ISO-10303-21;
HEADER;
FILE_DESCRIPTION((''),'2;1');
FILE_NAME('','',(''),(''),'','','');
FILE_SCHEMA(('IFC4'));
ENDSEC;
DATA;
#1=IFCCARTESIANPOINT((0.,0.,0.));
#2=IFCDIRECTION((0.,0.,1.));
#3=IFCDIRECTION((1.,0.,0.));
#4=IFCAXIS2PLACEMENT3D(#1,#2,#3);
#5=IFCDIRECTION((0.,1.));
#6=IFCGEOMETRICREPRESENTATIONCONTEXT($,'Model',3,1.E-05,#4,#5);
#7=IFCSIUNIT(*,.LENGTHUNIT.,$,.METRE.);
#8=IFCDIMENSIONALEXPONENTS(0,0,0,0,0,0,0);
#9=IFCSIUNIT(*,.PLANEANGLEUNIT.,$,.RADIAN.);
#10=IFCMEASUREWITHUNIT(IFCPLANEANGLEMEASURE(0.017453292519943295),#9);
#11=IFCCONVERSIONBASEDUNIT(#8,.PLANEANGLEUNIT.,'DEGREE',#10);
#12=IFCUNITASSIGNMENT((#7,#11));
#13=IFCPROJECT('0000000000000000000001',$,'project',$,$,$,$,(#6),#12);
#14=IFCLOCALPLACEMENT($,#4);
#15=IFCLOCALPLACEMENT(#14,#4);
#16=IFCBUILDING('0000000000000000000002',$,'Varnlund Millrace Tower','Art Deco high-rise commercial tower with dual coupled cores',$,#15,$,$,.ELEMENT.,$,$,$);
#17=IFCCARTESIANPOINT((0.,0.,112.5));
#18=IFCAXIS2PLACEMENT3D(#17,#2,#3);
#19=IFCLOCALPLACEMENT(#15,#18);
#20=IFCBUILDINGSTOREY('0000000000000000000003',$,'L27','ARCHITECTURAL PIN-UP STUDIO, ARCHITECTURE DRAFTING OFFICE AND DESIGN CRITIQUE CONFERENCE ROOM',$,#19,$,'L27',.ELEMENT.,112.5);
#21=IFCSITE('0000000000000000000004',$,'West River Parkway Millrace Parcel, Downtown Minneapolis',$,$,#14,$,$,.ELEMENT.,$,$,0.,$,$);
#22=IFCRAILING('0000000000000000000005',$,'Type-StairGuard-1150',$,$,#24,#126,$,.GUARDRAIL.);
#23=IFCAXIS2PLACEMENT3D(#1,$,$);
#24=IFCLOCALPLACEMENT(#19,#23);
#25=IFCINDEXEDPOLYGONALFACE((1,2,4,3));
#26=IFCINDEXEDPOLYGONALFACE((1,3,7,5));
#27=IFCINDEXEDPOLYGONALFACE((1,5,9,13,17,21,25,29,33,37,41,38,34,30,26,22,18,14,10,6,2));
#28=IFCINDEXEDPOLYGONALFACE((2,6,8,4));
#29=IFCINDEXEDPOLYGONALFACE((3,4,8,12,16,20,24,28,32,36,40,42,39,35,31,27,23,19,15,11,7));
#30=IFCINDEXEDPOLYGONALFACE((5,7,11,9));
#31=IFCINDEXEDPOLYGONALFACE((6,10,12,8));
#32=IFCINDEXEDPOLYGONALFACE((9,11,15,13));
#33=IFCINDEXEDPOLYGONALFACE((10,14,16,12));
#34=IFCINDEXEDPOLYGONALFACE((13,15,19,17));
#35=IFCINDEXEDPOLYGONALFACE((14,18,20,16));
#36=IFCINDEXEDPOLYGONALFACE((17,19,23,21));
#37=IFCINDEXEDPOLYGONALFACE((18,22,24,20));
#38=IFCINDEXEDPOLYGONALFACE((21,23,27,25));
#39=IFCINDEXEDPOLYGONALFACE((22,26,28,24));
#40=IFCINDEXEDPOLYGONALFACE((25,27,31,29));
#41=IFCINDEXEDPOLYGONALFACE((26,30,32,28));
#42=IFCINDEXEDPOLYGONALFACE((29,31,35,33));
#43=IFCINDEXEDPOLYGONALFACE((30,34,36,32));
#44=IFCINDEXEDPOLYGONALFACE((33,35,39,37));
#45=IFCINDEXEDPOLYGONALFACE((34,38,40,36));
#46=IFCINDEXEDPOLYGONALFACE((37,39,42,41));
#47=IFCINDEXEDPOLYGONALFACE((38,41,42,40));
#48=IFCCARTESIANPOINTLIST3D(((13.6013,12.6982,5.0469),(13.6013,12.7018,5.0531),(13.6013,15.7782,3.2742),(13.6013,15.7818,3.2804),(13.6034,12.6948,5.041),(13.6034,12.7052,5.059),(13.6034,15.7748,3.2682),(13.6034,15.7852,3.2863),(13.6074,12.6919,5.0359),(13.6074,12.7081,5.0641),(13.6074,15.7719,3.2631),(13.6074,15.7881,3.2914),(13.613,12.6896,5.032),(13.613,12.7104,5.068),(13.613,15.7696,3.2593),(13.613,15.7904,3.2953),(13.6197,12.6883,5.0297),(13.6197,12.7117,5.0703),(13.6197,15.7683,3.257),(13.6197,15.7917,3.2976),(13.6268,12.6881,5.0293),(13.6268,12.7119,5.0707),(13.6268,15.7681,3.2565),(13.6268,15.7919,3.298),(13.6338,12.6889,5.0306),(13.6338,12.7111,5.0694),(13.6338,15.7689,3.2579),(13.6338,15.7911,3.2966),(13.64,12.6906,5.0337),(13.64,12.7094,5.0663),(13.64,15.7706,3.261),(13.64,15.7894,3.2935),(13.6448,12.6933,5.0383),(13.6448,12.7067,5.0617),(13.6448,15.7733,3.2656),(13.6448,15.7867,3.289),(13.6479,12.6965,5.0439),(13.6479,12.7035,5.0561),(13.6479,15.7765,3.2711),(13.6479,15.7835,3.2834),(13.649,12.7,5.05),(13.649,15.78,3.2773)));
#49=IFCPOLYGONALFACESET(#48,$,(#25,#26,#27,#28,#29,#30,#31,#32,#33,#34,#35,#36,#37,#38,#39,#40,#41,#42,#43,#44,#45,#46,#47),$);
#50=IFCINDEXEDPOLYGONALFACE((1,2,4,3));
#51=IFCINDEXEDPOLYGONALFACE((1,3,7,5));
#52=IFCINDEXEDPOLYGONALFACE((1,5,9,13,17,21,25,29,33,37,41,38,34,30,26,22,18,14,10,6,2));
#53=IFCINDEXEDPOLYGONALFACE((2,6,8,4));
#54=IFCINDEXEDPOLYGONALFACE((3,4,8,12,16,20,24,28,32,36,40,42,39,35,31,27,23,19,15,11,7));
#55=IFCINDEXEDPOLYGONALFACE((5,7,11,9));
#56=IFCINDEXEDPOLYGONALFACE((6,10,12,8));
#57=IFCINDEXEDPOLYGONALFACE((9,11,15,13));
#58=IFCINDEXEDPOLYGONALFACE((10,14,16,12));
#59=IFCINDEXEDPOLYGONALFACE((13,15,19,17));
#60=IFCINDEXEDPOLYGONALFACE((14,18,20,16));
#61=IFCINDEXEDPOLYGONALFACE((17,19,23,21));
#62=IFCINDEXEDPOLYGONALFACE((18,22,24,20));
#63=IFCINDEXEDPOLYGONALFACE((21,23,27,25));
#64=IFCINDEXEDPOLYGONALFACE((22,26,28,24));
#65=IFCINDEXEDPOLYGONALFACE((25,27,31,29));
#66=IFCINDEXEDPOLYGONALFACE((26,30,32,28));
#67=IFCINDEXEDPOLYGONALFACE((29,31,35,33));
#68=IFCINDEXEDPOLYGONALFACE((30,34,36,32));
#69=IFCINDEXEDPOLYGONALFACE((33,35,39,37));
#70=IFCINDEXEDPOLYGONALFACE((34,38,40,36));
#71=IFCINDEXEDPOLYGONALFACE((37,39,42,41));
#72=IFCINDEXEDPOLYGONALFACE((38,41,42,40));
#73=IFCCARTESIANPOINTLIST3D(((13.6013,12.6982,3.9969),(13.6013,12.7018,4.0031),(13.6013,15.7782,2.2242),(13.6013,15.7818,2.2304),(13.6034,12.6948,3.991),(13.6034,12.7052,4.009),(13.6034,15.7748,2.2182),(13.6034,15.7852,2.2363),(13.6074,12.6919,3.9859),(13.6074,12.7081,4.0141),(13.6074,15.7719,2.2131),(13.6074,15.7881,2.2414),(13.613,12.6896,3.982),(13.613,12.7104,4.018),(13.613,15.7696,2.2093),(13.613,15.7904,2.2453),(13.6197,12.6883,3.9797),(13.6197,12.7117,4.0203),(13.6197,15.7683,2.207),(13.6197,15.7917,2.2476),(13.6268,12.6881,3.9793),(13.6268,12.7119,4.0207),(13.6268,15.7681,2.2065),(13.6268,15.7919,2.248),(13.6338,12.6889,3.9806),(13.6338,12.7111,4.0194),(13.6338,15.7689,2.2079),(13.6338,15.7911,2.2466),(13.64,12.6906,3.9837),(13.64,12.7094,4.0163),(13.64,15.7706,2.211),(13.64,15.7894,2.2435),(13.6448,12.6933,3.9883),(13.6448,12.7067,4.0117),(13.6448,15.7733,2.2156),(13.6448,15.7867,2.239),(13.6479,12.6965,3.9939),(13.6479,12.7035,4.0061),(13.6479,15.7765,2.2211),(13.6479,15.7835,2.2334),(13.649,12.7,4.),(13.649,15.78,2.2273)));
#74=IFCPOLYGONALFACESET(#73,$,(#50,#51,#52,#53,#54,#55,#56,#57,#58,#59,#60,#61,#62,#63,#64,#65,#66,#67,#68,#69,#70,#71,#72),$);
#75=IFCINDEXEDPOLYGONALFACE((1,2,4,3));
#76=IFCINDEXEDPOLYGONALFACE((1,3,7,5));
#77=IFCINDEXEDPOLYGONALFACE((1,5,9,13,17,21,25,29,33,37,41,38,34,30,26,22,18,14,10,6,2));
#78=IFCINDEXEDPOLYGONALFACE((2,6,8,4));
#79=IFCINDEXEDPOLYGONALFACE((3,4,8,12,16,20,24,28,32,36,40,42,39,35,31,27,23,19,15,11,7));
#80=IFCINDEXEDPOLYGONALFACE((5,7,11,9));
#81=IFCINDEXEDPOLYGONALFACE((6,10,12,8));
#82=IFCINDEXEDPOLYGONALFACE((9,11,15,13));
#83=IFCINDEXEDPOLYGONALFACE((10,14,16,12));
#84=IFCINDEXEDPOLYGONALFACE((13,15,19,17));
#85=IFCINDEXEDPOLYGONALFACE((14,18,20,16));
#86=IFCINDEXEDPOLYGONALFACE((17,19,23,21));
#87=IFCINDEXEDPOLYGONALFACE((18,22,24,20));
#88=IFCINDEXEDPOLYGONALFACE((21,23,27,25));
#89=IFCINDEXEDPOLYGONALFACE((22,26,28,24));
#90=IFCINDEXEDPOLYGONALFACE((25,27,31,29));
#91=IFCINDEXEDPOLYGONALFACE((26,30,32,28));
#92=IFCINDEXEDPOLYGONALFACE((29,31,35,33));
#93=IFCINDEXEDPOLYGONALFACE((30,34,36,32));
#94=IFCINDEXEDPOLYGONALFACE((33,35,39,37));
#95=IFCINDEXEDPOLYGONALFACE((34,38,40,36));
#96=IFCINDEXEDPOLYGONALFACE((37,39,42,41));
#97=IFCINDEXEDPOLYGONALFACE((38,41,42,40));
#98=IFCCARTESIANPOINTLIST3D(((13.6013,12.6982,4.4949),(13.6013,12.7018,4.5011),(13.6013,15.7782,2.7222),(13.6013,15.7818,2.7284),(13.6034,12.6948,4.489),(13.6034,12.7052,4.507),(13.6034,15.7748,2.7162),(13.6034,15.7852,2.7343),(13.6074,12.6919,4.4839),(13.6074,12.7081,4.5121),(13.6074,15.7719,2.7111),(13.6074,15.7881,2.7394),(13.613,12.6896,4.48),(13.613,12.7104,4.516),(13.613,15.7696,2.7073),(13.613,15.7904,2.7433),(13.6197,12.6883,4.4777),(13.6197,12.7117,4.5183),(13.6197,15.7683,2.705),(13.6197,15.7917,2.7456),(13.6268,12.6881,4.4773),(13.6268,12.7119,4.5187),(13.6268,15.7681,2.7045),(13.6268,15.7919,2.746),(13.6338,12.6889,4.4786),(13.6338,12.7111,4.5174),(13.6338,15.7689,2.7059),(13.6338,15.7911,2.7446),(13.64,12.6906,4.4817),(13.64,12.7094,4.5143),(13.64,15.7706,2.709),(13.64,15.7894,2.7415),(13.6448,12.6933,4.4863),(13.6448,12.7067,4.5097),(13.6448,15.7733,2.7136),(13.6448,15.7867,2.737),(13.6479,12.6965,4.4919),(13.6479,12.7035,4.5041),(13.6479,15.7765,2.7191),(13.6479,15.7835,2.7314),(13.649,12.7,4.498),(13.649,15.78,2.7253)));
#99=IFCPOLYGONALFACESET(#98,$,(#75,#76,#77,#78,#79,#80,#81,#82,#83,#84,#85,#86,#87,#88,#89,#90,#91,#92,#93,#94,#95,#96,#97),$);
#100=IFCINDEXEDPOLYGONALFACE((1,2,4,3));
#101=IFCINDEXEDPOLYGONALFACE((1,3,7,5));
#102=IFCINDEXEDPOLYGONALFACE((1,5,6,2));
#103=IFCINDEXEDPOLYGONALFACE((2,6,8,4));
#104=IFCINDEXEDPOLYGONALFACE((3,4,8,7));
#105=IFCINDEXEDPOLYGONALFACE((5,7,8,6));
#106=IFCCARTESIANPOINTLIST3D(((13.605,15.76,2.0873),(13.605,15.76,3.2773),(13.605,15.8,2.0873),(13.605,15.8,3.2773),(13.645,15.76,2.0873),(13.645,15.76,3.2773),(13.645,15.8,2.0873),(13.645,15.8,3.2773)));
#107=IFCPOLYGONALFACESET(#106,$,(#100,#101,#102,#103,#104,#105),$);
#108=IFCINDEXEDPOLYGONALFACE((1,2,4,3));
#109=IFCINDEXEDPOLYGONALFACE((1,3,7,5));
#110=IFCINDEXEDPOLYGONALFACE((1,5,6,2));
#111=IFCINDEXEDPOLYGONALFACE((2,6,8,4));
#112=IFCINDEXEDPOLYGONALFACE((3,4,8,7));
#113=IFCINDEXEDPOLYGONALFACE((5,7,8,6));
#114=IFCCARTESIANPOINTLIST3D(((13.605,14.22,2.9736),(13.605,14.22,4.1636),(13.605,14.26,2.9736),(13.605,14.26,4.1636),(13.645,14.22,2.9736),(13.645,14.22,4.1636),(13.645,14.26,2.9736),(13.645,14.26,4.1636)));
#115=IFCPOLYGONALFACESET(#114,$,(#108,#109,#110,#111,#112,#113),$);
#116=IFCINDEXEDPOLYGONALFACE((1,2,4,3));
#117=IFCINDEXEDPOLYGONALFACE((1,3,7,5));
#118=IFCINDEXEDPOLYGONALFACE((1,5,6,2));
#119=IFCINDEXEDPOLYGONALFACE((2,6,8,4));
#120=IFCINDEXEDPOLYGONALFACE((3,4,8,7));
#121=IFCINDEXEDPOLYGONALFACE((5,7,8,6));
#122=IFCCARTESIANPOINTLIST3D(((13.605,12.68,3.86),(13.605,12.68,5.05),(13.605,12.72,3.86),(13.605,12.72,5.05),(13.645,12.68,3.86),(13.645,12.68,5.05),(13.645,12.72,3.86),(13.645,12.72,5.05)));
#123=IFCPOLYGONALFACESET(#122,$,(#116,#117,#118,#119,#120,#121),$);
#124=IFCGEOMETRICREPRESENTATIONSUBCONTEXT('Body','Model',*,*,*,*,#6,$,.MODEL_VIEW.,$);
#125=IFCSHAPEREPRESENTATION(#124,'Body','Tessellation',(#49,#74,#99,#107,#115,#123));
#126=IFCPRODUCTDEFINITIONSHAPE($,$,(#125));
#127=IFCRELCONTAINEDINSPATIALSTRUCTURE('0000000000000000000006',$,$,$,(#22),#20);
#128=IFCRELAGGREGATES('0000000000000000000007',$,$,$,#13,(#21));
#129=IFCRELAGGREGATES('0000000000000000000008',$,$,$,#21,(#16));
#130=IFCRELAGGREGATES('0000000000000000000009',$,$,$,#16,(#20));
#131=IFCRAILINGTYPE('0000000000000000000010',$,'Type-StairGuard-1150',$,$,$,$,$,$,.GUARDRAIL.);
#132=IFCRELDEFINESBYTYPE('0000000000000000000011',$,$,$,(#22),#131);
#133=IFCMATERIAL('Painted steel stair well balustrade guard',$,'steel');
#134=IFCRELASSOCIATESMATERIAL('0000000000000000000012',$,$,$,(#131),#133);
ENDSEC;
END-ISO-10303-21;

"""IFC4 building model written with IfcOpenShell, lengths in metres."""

from ifc_helpers import new_model, entity, si_unit, converted_unit, direction, frame, origin_with_axes, origin_2d_with_axis, place, context, subcontext, project, spatial, rectangle, circle, extrude, material, type_object, element, save


model = new_model("IFC4")

# Units and contexts
model_context = context("Model", 3, precision=1e-05, world=origin_with_axes(), true_north=direction((0.0, 1.0)))
body_context = subcontext(model_context, "Body", "Model", "MODEL_VIEW")
ifc_project = project(units=[si_unit("LENGTHUNIT", "METRE"), converted_unit("PLANEANGLEUNIT", "DEGREE", entity("IfcPlaneAngleMeasure", 0.017453292519943295), si_unit("PLANEANGLEUNIT", "RADIAN"), dimensions=[0, 0, 0, 0, 0, 0, 0])], contexts=[model_context])

# Site, building, storey
site_placement = place(None, origin_with_axes())
site = spatial("IfcSite", under=ifc_project, at=site_placement, Name="West River Parkway Millrace Parcel, Downtown Minneapolis", CompositionType="ELEMENT", RefElevation=0.0)
building_placement = place(site_placement, origin_with_axes())
building = spatial("IfcBuilding", under=site, at=building_placement, Name="Varnlund Millrace Tower", Description="Art Deco high-rise commercial tower with dual coupled cores", CompositionType="ELEMENT")
storey_placement = place(building_placement, frame((0.0, 0.0, 112.5), z_axis=(0.0, 0.0, 1.0), x_axis=(1.0, 0.0, 0.0)))
storey = spatial("IfcBuildingStorey", under=building, at=storey_placement, Name="L27", Description="ARCHITECTURAL PIN-UP STUDIO, ARCHITECTURE DRAFTING OFFICE AND DESIGN CRITIQUE CONFERENCE ROOM", LongName="L27", CompositionType="ELEMENT", Elevation=112.5)

# Railing
ifc_material_1 = material(Name="Painted steel stair well balustrade guard", Category="steel")
railing_type_1 = type_object("IfcRailingType", Name="Type-StairGuard-1150", PredefinedType="GUARDRAIL", material=ifc_material_1)
railing_1_placement = place(storey_placement, frame((0.0, 0.0, -112.5), z_axis=(0.0, 0.0, 1.0), x_axis=(1.0, 0.0, 0.0)))
element("IfcRailing", 1, at=railing_1_placement, inside=storey, type_object=railing_type_1, Name="Type-StairGuard-1150", PredefinedType="GUARDRAIL", context=body_context, shape_type="SweptSolid", body=[
    extrude(circle(Radius=0.024, at=origin_2d_with_axis()), frame((13.625, 15.78, 115.7773), z_axis=(0.0, -0.866696, 0.498836), x_axis=(1.0, 0.0, 0.0)), (0.0, 0.0, 1.0), 3.5537),
    extrude(circle(Radius=0.024, at=origin_2d_with_axis()), frame((13.625, 15.78, 114.7273), z_axis=(0.0, -0.866696, 0.498836), x_axis=(1.0, 0.0, 0.0)), (0.0, 0.0, 1.0), 3.5537),
    extrude(circle(Radius=0.024, at=origin_2d_with_axis()), frame((13.625, 15.78, 115.2253), z_axis=(0.0, -0.866696, 0.498836), x_axis=(1.0, 0.0, 0.0)), (0.0, 0.0, 1.0), 3.5537),
    extrude(rectangle(XDim=0.04, YDim=0.04, at=origin_2d_with_axis()), frame((13.625, 15.78, 114.5873), z_axis=(0.0, 0.0, 1.0), x_axis=(1.0, 0.0, 0.0)), (0.0, 0.0, 1.0), 1.19),
    extrude(rectangle(XDim=0.04, YDim=0.04, at=origin_2d_with_axis()), frame((13.625, 14.24, 115.4736), z_axis=(0.0, 0.0, 1.0), x_axis=(1.0, 0.0, 0.0)), (0.0, 0.0, 1.0), 1.19),
    extrude(rectangle(XDim=0.04, YDim=0.04, at=origin_2d_with_axis()), frame((13.625, 12.7, 116.36), z_axis=(0.0, 0.0, 1.0), x_axis=(1.0, 0.0, 0.0)), (0.0, 0.0, 1.0), 1.19),
])

save(model, "model.ifc")
